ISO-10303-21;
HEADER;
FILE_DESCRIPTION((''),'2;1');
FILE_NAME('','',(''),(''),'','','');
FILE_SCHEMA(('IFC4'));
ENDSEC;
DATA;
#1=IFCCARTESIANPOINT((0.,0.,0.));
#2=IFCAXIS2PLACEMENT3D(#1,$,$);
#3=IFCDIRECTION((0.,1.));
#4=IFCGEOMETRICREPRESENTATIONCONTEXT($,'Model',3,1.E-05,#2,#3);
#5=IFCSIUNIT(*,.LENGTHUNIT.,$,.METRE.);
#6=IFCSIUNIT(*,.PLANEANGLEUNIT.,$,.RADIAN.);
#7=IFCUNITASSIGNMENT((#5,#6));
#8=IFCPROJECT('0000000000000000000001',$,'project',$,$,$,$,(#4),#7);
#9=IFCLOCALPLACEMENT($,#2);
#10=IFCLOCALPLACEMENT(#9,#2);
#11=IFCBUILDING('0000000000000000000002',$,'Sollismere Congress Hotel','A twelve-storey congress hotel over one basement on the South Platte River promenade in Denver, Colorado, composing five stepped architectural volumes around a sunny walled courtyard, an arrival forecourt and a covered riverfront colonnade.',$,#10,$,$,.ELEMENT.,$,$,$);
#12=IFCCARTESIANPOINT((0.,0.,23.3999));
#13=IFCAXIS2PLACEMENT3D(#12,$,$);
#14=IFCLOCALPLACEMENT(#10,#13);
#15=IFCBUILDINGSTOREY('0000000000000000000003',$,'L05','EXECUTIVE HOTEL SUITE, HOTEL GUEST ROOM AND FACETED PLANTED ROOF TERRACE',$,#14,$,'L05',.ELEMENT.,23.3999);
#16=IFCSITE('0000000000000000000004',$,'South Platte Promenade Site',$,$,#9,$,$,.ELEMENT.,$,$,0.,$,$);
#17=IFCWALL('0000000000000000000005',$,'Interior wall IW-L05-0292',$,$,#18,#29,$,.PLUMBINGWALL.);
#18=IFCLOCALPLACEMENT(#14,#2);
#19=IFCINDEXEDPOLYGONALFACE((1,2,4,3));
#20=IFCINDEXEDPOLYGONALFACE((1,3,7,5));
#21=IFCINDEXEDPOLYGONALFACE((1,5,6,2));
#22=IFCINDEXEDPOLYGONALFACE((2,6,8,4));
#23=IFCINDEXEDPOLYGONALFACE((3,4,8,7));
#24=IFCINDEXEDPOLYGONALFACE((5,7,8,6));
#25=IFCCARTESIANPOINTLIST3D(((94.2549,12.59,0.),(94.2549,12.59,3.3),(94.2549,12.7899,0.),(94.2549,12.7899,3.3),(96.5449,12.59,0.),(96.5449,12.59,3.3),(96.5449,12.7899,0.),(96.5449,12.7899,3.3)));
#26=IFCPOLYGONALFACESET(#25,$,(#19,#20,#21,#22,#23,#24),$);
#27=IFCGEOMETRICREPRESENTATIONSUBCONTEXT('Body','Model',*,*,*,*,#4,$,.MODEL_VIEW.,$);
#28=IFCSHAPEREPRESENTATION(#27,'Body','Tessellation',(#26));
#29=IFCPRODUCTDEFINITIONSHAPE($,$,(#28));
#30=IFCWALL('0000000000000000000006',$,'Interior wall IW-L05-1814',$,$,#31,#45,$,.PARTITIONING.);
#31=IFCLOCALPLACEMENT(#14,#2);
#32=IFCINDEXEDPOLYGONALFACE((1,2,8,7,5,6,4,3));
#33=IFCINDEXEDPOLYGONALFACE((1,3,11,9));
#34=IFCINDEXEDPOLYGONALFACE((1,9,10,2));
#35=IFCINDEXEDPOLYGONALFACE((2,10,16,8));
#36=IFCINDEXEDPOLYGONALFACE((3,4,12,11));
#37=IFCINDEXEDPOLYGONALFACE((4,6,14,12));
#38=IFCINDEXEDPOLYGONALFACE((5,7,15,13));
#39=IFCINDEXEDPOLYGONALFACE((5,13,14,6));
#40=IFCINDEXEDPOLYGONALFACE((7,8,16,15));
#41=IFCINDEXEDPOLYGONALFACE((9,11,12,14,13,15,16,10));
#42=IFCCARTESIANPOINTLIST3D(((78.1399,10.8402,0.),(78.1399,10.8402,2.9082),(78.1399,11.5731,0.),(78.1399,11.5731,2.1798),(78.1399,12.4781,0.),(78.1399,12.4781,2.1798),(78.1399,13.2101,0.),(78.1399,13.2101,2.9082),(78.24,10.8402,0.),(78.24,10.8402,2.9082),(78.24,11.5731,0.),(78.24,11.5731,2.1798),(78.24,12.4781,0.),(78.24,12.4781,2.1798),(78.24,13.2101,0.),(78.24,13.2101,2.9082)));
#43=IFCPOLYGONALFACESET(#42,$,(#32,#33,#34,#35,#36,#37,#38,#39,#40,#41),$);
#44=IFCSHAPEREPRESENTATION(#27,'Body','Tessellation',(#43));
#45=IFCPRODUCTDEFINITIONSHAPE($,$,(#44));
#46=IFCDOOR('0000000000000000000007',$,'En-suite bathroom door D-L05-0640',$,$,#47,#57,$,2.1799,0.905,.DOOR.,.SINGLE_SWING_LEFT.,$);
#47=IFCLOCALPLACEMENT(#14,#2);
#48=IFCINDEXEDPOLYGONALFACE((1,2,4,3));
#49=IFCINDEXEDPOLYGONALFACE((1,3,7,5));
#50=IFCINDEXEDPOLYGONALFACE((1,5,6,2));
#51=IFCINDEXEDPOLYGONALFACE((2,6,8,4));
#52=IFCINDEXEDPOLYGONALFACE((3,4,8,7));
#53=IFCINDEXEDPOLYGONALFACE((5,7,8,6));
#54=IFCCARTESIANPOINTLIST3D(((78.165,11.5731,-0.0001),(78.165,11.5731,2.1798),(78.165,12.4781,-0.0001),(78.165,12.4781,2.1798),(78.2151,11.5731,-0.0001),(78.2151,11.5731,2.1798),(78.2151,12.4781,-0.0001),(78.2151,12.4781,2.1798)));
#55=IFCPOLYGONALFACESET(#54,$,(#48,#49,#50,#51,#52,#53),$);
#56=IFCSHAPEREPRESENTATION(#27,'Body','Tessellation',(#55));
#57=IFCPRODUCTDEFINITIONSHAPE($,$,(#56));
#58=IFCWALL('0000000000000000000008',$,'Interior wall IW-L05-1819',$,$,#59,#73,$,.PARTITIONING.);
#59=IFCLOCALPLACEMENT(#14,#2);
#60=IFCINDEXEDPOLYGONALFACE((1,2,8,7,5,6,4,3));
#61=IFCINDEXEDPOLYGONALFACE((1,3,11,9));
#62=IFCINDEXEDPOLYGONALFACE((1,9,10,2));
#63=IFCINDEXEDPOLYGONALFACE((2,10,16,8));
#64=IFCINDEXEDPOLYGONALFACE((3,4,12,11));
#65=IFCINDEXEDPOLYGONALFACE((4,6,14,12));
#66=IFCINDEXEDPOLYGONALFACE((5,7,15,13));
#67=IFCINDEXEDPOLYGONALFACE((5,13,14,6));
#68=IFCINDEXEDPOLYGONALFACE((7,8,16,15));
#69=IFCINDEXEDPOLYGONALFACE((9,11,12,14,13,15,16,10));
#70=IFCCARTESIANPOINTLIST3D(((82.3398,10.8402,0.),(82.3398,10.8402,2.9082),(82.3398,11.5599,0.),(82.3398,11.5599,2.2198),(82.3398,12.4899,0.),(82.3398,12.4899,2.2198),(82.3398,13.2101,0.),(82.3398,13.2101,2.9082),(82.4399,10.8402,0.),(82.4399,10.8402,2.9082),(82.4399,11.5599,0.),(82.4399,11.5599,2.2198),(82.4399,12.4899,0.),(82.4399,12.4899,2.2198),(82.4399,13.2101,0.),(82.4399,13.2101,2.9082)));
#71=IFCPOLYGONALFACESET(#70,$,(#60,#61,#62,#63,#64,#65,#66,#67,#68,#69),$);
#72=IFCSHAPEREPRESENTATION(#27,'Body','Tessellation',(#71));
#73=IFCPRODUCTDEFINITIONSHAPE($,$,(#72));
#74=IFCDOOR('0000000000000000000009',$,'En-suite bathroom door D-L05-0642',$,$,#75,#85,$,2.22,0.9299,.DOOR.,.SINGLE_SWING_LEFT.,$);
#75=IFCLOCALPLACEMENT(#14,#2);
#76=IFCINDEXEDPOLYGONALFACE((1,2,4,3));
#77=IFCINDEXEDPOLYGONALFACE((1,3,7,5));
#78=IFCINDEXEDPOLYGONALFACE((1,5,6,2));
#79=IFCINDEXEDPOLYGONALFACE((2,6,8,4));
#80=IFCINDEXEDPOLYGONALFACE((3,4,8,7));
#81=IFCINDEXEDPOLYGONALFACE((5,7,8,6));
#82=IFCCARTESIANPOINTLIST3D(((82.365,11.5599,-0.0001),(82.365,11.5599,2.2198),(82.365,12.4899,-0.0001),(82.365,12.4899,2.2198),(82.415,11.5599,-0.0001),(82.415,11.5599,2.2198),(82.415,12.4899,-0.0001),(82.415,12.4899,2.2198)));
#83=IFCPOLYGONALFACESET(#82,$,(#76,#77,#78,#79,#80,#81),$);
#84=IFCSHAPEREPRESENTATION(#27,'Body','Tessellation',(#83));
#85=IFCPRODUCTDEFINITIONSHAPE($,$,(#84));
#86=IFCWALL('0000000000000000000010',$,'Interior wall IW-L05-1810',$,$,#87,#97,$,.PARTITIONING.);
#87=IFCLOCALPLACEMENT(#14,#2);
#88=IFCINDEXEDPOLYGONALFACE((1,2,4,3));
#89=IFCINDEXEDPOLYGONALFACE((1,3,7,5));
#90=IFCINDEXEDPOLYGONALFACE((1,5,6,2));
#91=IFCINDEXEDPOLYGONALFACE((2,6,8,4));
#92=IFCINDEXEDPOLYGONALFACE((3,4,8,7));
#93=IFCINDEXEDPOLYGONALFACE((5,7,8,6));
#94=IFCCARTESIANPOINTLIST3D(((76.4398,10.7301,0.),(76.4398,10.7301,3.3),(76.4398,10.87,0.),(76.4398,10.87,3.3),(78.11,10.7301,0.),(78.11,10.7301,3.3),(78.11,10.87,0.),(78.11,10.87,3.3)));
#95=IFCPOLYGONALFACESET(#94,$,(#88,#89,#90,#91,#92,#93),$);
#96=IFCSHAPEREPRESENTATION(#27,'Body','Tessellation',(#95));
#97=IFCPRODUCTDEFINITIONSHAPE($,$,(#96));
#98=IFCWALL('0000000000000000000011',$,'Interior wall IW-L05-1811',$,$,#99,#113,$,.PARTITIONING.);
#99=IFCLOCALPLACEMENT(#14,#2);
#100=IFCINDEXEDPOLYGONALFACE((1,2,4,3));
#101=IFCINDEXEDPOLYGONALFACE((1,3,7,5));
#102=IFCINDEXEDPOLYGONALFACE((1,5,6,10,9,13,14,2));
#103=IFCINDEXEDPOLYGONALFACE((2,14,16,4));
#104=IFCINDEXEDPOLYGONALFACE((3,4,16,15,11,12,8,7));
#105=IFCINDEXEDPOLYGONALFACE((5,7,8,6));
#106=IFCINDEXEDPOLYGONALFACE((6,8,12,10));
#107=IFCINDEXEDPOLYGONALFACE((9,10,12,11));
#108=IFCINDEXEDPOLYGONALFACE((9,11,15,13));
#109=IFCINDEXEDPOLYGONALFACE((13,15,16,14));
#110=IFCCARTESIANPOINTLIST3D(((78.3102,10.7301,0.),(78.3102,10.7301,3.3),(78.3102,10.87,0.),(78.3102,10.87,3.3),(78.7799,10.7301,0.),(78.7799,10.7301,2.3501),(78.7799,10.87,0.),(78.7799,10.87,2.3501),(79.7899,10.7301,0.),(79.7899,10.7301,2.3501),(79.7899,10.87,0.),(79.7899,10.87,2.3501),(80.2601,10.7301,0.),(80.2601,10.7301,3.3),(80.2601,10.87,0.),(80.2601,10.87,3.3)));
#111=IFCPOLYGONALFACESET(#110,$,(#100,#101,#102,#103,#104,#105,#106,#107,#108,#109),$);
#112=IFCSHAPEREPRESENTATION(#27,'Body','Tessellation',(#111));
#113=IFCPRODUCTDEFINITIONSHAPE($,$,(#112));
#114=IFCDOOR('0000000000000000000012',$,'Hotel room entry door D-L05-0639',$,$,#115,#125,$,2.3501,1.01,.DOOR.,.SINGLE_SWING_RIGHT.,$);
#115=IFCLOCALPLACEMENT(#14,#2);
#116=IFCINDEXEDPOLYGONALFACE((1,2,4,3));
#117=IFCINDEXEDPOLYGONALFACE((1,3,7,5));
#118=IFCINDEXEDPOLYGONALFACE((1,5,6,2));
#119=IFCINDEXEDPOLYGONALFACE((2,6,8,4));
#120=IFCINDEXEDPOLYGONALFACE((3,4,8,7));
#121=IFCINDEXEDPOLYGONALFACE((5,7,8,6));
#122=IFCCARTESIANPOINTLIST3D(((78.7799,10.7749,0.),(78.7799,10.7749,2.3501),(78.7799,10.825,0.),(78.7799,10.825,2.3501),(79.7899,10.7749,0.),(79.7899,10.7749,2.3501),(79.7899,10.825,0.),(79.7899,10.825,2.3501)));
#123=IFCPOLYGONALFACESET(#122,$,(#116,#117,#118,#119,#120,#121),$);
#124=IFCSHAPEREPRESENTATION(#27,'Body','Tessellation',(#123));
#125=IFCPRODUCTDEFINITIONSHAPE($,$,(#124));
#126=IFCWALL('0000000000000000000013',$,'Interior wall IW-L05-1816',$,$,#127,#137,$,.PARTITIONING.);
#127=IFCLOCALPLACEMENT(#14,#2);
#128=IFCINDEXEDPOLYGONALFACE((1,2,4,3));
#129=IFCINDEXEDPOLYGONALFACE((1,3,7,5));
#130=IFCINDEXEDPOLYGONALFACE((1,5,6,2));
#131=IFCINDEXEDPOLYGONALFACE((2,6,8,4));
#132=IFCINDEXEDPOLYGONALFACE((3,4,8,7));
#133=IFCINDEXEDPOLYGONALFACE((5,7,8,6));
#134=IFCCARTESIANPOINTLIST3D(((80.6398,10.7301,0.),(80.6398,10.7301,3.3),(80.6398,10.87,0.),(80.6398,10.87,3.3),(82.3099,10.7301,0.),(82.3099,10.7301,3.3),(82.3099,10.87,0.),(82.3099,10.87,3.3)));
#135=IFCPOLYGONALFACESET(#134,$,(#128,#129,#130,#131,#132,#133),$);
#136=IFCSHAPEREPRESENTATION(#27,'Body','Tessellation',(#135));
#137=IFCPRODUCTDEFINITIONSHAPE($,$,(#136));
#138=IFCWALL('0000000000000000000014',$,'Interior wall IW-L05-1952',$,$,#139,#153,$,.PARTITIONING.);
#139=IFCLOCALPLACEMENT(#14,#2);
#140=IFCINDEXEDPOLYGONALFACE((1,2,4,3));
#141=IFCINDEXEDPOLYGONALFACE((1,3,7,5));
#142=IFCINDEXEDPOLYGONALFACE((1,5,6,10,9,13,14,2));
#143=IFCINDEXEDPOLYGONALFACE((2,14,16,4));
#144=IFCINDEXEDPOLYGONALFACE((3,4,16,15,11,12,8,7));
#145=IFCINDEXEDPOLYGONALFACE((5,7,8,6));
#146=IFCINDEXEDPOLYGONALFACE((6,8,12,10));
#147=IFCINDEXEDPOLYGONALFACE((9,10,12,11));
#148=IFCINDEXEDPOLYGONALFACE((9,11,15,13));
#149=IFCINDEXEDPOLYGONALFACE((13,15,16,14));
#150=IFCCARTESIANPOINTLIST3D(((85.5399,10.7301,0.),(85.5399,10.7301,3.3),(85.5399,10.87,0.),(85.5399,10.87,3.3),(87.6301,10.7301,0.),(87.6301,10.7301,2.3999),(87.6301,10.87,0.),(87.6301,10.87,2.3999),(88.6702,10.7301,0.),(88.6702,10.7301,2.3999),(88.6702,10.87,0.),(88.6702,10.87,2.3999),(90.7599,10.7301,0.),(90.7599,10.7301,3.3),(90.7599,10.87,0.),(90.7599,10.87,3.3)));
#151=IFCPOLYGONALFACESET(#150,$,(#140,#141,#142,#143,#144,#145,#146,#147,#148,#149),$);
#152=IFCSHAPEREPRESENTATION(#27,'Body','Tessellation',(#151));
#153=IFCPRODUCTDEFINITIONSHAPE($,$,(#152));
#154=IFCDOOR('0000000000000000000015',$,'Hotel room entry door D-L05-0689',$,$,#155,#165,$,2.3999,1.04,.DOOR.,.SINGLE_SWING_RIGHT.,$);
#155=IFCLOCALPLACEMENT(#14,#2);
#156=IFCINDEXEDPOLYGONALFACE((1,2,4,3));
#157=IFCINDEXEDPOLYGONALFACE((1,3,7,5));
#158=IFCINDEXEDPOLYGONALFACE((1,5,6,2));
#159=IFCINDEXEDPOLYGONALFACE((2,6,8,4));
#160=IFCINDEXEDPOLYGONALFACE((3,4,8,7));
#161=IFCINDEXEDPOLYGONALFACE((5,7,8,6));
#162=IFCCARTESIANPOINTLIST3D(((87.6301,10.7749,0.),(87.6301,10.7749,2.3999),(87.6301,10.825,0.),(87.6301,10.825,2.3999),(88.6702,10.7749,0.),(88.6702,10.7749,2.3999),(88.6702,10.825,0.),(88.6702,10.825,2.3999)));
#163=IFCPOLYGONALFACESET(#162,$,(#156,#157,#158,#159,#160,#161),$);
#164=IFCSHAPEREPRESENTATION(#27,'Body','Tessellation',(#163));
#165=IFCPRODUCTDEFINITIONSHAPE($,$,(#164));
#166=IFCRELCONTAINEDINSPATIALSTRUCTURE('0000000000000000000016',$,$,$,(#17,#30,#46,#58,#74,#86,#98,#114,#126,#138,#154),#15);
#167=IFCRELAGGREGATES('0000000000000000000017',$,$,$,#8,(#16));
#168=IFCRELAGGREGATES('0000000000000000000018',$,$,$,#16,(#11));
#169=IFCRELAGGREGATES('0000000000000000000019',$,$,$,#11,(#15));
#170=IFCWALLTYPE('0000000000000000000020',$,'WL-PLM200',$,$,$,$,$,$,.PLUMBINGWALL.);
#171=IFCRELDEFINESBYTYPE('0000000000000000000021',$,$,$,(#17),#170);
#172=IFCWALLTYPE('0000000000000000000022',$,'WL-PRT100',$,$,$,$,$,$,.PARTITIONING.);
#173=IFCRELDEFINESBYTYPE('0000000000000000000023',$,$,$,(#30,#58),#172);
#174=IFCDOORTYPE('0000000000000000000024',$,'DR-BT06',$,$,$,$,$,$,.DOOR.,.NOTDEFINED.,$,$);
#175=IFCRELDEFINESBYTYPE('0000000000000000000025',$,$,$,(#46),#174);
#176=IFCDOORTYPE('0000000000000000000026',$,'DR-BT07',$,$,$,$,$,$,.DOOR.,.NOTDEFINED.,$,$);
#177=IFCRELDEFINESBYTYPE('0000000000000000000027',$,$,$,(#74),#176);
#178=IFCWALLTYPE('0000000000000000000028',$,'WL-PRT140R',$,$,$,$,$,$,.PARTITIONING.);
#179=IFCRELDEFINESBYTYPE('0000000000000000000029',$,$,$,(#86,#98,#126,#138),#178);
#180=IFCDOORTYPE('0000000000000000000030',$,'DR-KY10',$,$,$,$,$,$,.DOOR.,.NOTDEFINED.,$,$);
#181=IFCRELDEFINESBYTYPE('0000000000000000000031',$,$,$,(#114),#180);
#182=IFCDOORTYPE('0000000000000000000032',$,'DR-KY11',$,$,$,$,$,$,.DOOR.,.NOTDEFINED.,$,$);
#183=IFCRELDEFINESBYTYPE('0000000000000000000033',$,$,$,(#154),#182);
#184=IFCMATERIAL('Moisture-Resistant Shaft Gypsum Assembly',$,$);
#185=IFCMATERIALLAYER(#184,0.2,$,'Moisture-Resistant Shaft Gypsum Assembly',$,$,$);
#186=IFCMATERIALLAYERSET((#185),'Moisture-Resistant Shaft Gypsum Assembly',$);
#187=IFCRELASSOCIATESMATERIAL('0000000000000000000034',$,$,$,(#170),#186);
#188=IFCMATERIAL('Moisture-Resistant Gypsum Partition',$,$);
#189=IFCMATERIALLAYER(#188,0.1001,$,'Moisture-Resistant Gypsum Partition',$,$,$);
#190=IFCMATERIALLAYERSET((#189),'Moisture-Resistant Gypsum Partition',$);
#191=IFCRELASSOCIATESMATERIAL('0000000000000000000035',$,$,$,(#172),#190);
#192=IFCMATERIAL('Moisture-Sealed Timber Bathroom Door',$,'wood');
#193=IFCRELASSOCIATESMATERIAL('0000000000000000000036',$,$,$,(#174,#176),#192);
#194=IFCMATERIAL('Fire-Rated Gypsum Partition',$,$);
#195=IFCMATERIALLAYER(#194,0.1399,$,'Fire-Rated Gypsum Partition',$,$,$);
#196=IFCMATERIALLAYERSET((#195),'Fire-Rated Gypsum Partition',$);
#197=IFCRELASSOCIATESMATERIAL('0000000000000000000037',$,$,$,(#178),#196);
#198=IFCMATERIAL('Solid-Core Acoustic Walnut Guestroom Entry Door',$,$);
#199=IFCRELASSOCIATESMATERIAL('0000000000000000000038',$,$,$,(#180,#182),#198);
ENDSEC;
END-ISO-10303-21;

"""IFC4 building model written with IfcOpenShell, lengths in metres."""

from ifc_helpers import new_model, si_unit, direction, frame, frame_2d, origin, place, context, subcontext, project, spatial, rectangle, extrude, material, layer, layer_set, type_object, element, fill, save


model = new_model("IFC4")

# Units and contexts
model_context = context("Model", 3, precision=1e-05, world=origin(), true_north=direction((0.0, 1.0)))
body_context = subcontext(model_context, "Body", "Model", "MODEL_VIEW")
ifc_project = project(units=[si_unit("LENGTHUNIT", "METRE"), si_unit("PLANEANGLEUNIT", "RADIAN")], contexts=[model_context])

# Site, building, storey
site_placement = place(None, origin())
site = spatial("IfcSite", under=ifc_project, at=site_placement, Name="South Platte Promenade Site", CompositionType="ELEMENT", RefElevation=0.0)
building_placement = place(site_placement, origin())
building = spatial("IfcBuilding", under=site, at=building_placement, Name="Sollismere Congress Hotel", Description="A twelve-storey congress hotel over one basement on the South Platte River promenade in Denver, Colorado, composing five stepped architectural volumes around a sunny walled courtyard, an arrival forecourt and a covered riverfront colonnade.", CompositionType="ELEMENT")
storey_placement = place(building_placement, frame((0.0, 0.0, 23.3999)))
storey = spatial("IfcBuildingStorey", under=building, at=storey_placement, Name="L05", Description="EXECUTIVE HOTEL SUITE, HOTEL GUEST ROOM AND FACETED PLANTED ROOF TERRACE", LongName="L05", CompositionType="ELEMENT", Elevation=23.3999)

# Wall
ifc_material_1 = material(Name="Moisture-Resistant Shaft Gypsum Assembly")
ifc_layer_1 = layer(ifc_material_1, 0.2, Name="Moisture-Resistant Shaft Gypsum Assembly")
ifc_layer_set_1 = layer_set([ifc_layer_1], Name="Moisture-Resistant Shaft Gypsum Assembly")
wall_type_1 = type_object("IfcWallType", Name="WL-PLM200", PredefinedType="PLUMBINGWALL", material=ifc_layer_set_1)
wall_1_placement = place(storey_placement, frame((94.2549, 12.6899, 0.0), z_axis=(0.0, 0.0, 1.0), x_axis=(1.0, 0.0, 0.0)))
element("IfcWall", 1, at=wall_1_placement, inside=storey, type_object=wall_type_1, Name="Interior wall IW-L05-0292", PredefinedType="PLUMBINGWALL", context=body_context, shape_type="SweptSolid", body=[
    extrude(rectangle(XDim=2.29, YDim=0.2, at=frame_2d((1.145, 0.0))), origin(), (0.0, 0.0, 1.0), 3.3),
])

# Walls, openings, doors
ifc_material_2 = material(Name="Moisture-Resistant Gypsum Partition")
ifc_layer_2 = layer(ifc_material_2, 0.1001, Name="Moisture-Resistant Gypsum Partition")
ifc_layer_set_2 = layer_set([ifc_layer_2], Name="Moisture-Resistant Gypsum Partition")
wall_type_2 = type_object("IfcWallType", Name="WL-PRT100", PredefinedType="PARTITIONING", material=ifc_layer_set_2)
wall_2_placement = place(storey_placement, frame((78.1899, 10.8401, 0.0), z_axis=(0.0, 0.0, 1.0), x_axis=(0.0, 1.0, 0.0)))
wall_2 = element("IfcWall", 2, at=wall_2_placement, inside=storey, type_object=wall_type_2, Name="Interior wall IW-L05-1814", PredefinedType="PARTITIONING", context=body_context, shape_type="SweptSolid", body=[
    extrude(rectangle(XDim=2.3699, YDim=0.1001, at=frame_2d((1.1851, 0.0))), origin(), (0.0, 0.0, 1.0), 2.9082),
])
opening_1_placement = place(wall_2_placement, frame((0.7329, 0.0, 0.0)))
opening_1 = element("IfcOpeningElement", 3, at=opening_1_placement, cuts=wall_2, PredefinedType="OPENING", context=body_context, shape_type="SweptSolid", body=[
    extrude(rectangle(XDim=0.905, YDim=2.1799, at=frame_2d((0.4526, 1.0898))), frame((0.0, 0.0601, 0.0), z_axis=(0.0, -1.0, 0.0), x_axis=(1.0, 0.0, 0.0)), (0.0, 0.0, 1.0), 0.1201),
])
ifc_material_3 = material(Name="Moisture-Sealed Timber Bathroom Door", Category="wood")
door_type_1 = type_object("IfcDoorType", Name="DR-BT06", OperationType="NOTDEFINED", PredefinedType="DOOR", material=ifc_material_3)
door_1_placement = place(opening_1_placement, origin())
door_1 = element("IfcDoor", 4, at=door_1_placement, inside=storey, type_object=door_type_1, Name="En-suite bathroom door D-L05-0640", OperationType="SINGLE_SWING_LEFT", OverallHeight=2.1799, OverallWidth=0.905, PredefinedType="DOOR", context=body_context, shape_type="SweptSolid", body=[
    extrude(rectangle(XDim=0.905, YDim=2.1799, at=frame_2d((0.4526, 1.0898))), frame((0.0, 0.0249, 0.0), z_axis=(0.0, -1.0, 0.0), x_axis=(1.0, 0.0, 0.0)), (0.0, 0.0, 1.0), 0.05),
])
fill(opening_1, door_1)
wall_3_placement = place(storey_placement, frame((82.3899, 10.8401, 0.0), z_axis=(0.0, 0.0, 1.0), x_axis=(0.0, 1.0, 0.0)))
wall_3 = element("IfcWall", 5, at=wall_3_placement, inside=storey, type_object=wall_type_2, Name="Interior wall IW-L05-1819", PredefinedType="PARTITIONING", context=body_context, shape_type="SweptSolid", body=[
    extrude(rectangle(XDim=2.3699, YDim=0.1001, at=frame_2d((1.1851, 0.0))), origin(), (0.0, 0.0, 1.0), 2.9082),
])
opening_2_placement = place(wall_3_placement, frame((0.72, 0.0, 0.0)))
opening_2 = element("IfcOpeningElement", 6, at=opening_2_placement, cuts=wall_3, PredefinedType="OPENING", context=body_context, shape_type="SweptSolid", body=[
    extrude(rectangle(XDim=0.9299, YDim=2.22, at=frame_2d((0.4648, 1.1099))), frame((0.0, 0.0601, 0.0), z_axis=(0.0, -1.0, 0.0), x_axis=(1.0, 0.0, 0.0)), (0.0, 0.0, 1.0), 0.1201),
])
door_type_2 = type_object("IfcDoorType", Name="DR-BT07", OperationType="NOTDEFINED", PredefinedType="DOOR", material=ifc_material_3)
door_2_placement = place(opening_2_placement, origin())
door_2 = element("IfcDoor", 7, at=door_2_placement, inside=storey, type_object=door_type_2, Name="En-suite bathroom door D-L05-0642", OperationType="SINGLE_SWING_LEFT", OverallHeight=2.22, OverallWidth=0.9299, PredefinedType="DOOR", context=body_context, shape_type="SweptSolid", body=[
    extrude(rectangle(XDim=0.9299, YDim=2.22, at=frame_2d((0.4648, 1.1099))), frame((0.0, 0.0249, 0.0), z_axis=(0.0, -1.0, 0.0), x_axis=(1.0, 0.0, 0.0)), (0.0, 0.0, 1.0), 0.05),
])
fill(opening_2, door_2)

# Wall
ifc_material_4 = material(Name="Fire-Rated Gypsum Partition")
ifc_layer_3 = layer(ifc_material_4, 0.1399, Name="Fire-Rated Gypsum Partition")
ifc_layer_set_3 = layer_set([ifc_layer_3], Name="Fire-Rated Gypsum Partition")
wall_type_3 = type_object("IfcWallType", Name="WL-PRT140R", PredefinedType="PARTITIONING", material=ifc_layer_set_3)
wall_4_placement = place(storey_placement, frame((76.4399, 10.8, 0.0), z_axis=(0.0, 0.0, 1.0), x_axis=(1.0, 0.0, 0.0)))
element("IfcWall", 8, at=wall_4_placement, inside=storey, type_object=wall_type_3, Name="Interior wall IW-L05-1810", PredefinedType="PARTITIONING", context=body_context, shape_type="SweptSolid", body=[
    extrude(rectangle(XDim=1.6702, YDim=0.1399, at=frame_2d((0.835, 0.0))), origin(), (0.0, 0.0, 1.0), 3.3),
])

# Wall, opening, door
wall_5_placement = place(storey_placement, frame((78.3101, 10.8, 0.0), z_axis=(0.0, 0.0, 1.0), x_axis=(1.0, 0.0, 0.0)))
wall_5 = element("IfcWall", 9, at=wall_5_placement, inside=storey, type_object=wall_type_3, Name="Interior wall IW-L05-1811", PredefinedType="PARTITIONING", context=body_context, shape_type="SweptSolid", body=[
    extrude(rectangle(XDim=1.95, YDim=0.1399, at=frame_2d((0.9751, 0.0))), origin(), (0.0, 0.0, 1.0), 3.3),
])
opening_3_placement = place(wall_5_placement, frame((0.47, 0.0, 0.0)))
opening_3 = element("IfcOpeningElement", 10, at=opening_3_placement, cuts=wall_5, PredefinedType="OPENING", context=body_context, shape_type="SweptSolid", body=[
    extrude(rectangle(XDim=1.01, YDim=2.3501, at=frame_2d((0.5049, 1.175))), frame((0.0, 0.0798, 0.0), z_axis=(0.0, -1.0, 0.0), x_axis=(1.0, 0.0, 0.0)), (0.0, 0.0, 1.0), 0.1599),
])
ifc_material_5 = material(Name="Solid-Core Acoustic Walnut Guestroom Entry Door")
door_type_3 = type_object("IfcDoorType", Name="DR-KY10", OperationType="NOTDEFINED", PredefinedType="DOOR", material=ifc_material_5)
door_3_placement = place(opening_3_placement, origin())
door_3 = element("IfcDoor", 11, at=door_3_placement, inside=storey, type_object=door_type_3, Name="Hotel room entry door D-L05-0639", OperationType="SINGLE_SWING_RIGHT", OverallHeight=2.3501, OverallWidth=1.01, PredefinedType="DOOR", context=body_context, shape_type="SweptSolid", body=[
    extrude(rectangle(XDim=1.01, YDim=2.3501, at=frame_2d((0.5049, 1.175))), frame((0.0, 0.0249, 0.0), z_axis=(0.0, -1.0, 0.0), x_axis=(1.0, 0.0, 0.0)), (0.0, 0.0, 1.0), 0.05),
])
fill(opening_3, door_3)

# Wall
wall_6_placement = place(storey_placement, frame((80.6399, 10.8, 0.0), z_axis=(0.0, 0.0, 1.0), x_axis=(1.0, 0.0, 0.0)))
element("IfcWall", 12, at=wall_6_placement, inside=storey, type_object=wall_type_3, Name="Interior wall IW-L05-1816", PredefinedType="PARTITIONING", context=body_context, shape_type="SweptSolid", body=[
    extrude(rectangle(XDim=1.6702, YDim=0.1399, at=frame_2d((0.835, 0.0))), origin(), (0.0, 0.0, 1.0), 3.3),
])

# Wall, opening, door
door_type_4 = type_object("IfcDoorType", Name="DR-KY11", OperationType="NOTDEFINED", PredefinedType="DOOR", material=ifc_material_5)
wall_7_placement = place(storey_placement, frame((85.54, 10.8, 0.0), z_axis=(0.0, 0.0, 1.0), x_axis=(1.0, 0.0, 0.0)))
wall_7 = element("IfcWall", 13, at=wall_7_placement, inside=storey, type_object=wall_type_3, Name="Interior wall IW-L05-1952", PredefinedType="PARTITIONING", context=body_context, shape_type="SweptSolid", body=[
    extrude(rectangle(XDim=5.22, YDim=0.1399, at=frame_2d((2.6099, 0.0))), origin(), (0.0, 0.0, 1.0), 3.3),
])
opening_4_placement = place(wall_7_placement, frame((2.0901, 0.0, 0.0)))
opening_4 = element("IfcOpeningElement", 14, at=opening_4_placement, cuts=wall_7, PredefinedType="OPENING", context=body_context, shape_type="SweptSolid", body=[
    extrude(rectangle(XDim=1.04, YDim=2.3999, at=frame_2d((0.52, 1.2))), frame((0.0, 0.0798, 0.0), z_axis=(0.0, -1.0, 0.0), x_axis=(1.0, 0.0, 0.0)), (0.0, 0.0, 1.0), 0.1599),
])
door_4_placement = place(opening_4_placement, origin())
door_4 = element("IfcDoor", 15, at=door_4_placement, inside=storey, type_object=door_type_4, Name="Hotel room entry door D-L05-0689", OperationType="SINGLE_SWING_RIGHT", OverallHeight=2.3999, OverallWidth=1.04, PredefinedType="DOOR", context=body_context, shape_type="SweptSolid", body=[
    extrude(rectangle(XDim=1.04, YDim=2.3999, at=frame_2d((0.52, 1.2))), frame((0.0, 0.0249, 0.0), z_axis=(0.0, -1.0, 0.0), x_axis=(1.0, 0.0, 0.0)), (0.0, 0.0, 1.0), 0.05),
])
fill(opening_4, door_4)

save(model, "model.ifc")
